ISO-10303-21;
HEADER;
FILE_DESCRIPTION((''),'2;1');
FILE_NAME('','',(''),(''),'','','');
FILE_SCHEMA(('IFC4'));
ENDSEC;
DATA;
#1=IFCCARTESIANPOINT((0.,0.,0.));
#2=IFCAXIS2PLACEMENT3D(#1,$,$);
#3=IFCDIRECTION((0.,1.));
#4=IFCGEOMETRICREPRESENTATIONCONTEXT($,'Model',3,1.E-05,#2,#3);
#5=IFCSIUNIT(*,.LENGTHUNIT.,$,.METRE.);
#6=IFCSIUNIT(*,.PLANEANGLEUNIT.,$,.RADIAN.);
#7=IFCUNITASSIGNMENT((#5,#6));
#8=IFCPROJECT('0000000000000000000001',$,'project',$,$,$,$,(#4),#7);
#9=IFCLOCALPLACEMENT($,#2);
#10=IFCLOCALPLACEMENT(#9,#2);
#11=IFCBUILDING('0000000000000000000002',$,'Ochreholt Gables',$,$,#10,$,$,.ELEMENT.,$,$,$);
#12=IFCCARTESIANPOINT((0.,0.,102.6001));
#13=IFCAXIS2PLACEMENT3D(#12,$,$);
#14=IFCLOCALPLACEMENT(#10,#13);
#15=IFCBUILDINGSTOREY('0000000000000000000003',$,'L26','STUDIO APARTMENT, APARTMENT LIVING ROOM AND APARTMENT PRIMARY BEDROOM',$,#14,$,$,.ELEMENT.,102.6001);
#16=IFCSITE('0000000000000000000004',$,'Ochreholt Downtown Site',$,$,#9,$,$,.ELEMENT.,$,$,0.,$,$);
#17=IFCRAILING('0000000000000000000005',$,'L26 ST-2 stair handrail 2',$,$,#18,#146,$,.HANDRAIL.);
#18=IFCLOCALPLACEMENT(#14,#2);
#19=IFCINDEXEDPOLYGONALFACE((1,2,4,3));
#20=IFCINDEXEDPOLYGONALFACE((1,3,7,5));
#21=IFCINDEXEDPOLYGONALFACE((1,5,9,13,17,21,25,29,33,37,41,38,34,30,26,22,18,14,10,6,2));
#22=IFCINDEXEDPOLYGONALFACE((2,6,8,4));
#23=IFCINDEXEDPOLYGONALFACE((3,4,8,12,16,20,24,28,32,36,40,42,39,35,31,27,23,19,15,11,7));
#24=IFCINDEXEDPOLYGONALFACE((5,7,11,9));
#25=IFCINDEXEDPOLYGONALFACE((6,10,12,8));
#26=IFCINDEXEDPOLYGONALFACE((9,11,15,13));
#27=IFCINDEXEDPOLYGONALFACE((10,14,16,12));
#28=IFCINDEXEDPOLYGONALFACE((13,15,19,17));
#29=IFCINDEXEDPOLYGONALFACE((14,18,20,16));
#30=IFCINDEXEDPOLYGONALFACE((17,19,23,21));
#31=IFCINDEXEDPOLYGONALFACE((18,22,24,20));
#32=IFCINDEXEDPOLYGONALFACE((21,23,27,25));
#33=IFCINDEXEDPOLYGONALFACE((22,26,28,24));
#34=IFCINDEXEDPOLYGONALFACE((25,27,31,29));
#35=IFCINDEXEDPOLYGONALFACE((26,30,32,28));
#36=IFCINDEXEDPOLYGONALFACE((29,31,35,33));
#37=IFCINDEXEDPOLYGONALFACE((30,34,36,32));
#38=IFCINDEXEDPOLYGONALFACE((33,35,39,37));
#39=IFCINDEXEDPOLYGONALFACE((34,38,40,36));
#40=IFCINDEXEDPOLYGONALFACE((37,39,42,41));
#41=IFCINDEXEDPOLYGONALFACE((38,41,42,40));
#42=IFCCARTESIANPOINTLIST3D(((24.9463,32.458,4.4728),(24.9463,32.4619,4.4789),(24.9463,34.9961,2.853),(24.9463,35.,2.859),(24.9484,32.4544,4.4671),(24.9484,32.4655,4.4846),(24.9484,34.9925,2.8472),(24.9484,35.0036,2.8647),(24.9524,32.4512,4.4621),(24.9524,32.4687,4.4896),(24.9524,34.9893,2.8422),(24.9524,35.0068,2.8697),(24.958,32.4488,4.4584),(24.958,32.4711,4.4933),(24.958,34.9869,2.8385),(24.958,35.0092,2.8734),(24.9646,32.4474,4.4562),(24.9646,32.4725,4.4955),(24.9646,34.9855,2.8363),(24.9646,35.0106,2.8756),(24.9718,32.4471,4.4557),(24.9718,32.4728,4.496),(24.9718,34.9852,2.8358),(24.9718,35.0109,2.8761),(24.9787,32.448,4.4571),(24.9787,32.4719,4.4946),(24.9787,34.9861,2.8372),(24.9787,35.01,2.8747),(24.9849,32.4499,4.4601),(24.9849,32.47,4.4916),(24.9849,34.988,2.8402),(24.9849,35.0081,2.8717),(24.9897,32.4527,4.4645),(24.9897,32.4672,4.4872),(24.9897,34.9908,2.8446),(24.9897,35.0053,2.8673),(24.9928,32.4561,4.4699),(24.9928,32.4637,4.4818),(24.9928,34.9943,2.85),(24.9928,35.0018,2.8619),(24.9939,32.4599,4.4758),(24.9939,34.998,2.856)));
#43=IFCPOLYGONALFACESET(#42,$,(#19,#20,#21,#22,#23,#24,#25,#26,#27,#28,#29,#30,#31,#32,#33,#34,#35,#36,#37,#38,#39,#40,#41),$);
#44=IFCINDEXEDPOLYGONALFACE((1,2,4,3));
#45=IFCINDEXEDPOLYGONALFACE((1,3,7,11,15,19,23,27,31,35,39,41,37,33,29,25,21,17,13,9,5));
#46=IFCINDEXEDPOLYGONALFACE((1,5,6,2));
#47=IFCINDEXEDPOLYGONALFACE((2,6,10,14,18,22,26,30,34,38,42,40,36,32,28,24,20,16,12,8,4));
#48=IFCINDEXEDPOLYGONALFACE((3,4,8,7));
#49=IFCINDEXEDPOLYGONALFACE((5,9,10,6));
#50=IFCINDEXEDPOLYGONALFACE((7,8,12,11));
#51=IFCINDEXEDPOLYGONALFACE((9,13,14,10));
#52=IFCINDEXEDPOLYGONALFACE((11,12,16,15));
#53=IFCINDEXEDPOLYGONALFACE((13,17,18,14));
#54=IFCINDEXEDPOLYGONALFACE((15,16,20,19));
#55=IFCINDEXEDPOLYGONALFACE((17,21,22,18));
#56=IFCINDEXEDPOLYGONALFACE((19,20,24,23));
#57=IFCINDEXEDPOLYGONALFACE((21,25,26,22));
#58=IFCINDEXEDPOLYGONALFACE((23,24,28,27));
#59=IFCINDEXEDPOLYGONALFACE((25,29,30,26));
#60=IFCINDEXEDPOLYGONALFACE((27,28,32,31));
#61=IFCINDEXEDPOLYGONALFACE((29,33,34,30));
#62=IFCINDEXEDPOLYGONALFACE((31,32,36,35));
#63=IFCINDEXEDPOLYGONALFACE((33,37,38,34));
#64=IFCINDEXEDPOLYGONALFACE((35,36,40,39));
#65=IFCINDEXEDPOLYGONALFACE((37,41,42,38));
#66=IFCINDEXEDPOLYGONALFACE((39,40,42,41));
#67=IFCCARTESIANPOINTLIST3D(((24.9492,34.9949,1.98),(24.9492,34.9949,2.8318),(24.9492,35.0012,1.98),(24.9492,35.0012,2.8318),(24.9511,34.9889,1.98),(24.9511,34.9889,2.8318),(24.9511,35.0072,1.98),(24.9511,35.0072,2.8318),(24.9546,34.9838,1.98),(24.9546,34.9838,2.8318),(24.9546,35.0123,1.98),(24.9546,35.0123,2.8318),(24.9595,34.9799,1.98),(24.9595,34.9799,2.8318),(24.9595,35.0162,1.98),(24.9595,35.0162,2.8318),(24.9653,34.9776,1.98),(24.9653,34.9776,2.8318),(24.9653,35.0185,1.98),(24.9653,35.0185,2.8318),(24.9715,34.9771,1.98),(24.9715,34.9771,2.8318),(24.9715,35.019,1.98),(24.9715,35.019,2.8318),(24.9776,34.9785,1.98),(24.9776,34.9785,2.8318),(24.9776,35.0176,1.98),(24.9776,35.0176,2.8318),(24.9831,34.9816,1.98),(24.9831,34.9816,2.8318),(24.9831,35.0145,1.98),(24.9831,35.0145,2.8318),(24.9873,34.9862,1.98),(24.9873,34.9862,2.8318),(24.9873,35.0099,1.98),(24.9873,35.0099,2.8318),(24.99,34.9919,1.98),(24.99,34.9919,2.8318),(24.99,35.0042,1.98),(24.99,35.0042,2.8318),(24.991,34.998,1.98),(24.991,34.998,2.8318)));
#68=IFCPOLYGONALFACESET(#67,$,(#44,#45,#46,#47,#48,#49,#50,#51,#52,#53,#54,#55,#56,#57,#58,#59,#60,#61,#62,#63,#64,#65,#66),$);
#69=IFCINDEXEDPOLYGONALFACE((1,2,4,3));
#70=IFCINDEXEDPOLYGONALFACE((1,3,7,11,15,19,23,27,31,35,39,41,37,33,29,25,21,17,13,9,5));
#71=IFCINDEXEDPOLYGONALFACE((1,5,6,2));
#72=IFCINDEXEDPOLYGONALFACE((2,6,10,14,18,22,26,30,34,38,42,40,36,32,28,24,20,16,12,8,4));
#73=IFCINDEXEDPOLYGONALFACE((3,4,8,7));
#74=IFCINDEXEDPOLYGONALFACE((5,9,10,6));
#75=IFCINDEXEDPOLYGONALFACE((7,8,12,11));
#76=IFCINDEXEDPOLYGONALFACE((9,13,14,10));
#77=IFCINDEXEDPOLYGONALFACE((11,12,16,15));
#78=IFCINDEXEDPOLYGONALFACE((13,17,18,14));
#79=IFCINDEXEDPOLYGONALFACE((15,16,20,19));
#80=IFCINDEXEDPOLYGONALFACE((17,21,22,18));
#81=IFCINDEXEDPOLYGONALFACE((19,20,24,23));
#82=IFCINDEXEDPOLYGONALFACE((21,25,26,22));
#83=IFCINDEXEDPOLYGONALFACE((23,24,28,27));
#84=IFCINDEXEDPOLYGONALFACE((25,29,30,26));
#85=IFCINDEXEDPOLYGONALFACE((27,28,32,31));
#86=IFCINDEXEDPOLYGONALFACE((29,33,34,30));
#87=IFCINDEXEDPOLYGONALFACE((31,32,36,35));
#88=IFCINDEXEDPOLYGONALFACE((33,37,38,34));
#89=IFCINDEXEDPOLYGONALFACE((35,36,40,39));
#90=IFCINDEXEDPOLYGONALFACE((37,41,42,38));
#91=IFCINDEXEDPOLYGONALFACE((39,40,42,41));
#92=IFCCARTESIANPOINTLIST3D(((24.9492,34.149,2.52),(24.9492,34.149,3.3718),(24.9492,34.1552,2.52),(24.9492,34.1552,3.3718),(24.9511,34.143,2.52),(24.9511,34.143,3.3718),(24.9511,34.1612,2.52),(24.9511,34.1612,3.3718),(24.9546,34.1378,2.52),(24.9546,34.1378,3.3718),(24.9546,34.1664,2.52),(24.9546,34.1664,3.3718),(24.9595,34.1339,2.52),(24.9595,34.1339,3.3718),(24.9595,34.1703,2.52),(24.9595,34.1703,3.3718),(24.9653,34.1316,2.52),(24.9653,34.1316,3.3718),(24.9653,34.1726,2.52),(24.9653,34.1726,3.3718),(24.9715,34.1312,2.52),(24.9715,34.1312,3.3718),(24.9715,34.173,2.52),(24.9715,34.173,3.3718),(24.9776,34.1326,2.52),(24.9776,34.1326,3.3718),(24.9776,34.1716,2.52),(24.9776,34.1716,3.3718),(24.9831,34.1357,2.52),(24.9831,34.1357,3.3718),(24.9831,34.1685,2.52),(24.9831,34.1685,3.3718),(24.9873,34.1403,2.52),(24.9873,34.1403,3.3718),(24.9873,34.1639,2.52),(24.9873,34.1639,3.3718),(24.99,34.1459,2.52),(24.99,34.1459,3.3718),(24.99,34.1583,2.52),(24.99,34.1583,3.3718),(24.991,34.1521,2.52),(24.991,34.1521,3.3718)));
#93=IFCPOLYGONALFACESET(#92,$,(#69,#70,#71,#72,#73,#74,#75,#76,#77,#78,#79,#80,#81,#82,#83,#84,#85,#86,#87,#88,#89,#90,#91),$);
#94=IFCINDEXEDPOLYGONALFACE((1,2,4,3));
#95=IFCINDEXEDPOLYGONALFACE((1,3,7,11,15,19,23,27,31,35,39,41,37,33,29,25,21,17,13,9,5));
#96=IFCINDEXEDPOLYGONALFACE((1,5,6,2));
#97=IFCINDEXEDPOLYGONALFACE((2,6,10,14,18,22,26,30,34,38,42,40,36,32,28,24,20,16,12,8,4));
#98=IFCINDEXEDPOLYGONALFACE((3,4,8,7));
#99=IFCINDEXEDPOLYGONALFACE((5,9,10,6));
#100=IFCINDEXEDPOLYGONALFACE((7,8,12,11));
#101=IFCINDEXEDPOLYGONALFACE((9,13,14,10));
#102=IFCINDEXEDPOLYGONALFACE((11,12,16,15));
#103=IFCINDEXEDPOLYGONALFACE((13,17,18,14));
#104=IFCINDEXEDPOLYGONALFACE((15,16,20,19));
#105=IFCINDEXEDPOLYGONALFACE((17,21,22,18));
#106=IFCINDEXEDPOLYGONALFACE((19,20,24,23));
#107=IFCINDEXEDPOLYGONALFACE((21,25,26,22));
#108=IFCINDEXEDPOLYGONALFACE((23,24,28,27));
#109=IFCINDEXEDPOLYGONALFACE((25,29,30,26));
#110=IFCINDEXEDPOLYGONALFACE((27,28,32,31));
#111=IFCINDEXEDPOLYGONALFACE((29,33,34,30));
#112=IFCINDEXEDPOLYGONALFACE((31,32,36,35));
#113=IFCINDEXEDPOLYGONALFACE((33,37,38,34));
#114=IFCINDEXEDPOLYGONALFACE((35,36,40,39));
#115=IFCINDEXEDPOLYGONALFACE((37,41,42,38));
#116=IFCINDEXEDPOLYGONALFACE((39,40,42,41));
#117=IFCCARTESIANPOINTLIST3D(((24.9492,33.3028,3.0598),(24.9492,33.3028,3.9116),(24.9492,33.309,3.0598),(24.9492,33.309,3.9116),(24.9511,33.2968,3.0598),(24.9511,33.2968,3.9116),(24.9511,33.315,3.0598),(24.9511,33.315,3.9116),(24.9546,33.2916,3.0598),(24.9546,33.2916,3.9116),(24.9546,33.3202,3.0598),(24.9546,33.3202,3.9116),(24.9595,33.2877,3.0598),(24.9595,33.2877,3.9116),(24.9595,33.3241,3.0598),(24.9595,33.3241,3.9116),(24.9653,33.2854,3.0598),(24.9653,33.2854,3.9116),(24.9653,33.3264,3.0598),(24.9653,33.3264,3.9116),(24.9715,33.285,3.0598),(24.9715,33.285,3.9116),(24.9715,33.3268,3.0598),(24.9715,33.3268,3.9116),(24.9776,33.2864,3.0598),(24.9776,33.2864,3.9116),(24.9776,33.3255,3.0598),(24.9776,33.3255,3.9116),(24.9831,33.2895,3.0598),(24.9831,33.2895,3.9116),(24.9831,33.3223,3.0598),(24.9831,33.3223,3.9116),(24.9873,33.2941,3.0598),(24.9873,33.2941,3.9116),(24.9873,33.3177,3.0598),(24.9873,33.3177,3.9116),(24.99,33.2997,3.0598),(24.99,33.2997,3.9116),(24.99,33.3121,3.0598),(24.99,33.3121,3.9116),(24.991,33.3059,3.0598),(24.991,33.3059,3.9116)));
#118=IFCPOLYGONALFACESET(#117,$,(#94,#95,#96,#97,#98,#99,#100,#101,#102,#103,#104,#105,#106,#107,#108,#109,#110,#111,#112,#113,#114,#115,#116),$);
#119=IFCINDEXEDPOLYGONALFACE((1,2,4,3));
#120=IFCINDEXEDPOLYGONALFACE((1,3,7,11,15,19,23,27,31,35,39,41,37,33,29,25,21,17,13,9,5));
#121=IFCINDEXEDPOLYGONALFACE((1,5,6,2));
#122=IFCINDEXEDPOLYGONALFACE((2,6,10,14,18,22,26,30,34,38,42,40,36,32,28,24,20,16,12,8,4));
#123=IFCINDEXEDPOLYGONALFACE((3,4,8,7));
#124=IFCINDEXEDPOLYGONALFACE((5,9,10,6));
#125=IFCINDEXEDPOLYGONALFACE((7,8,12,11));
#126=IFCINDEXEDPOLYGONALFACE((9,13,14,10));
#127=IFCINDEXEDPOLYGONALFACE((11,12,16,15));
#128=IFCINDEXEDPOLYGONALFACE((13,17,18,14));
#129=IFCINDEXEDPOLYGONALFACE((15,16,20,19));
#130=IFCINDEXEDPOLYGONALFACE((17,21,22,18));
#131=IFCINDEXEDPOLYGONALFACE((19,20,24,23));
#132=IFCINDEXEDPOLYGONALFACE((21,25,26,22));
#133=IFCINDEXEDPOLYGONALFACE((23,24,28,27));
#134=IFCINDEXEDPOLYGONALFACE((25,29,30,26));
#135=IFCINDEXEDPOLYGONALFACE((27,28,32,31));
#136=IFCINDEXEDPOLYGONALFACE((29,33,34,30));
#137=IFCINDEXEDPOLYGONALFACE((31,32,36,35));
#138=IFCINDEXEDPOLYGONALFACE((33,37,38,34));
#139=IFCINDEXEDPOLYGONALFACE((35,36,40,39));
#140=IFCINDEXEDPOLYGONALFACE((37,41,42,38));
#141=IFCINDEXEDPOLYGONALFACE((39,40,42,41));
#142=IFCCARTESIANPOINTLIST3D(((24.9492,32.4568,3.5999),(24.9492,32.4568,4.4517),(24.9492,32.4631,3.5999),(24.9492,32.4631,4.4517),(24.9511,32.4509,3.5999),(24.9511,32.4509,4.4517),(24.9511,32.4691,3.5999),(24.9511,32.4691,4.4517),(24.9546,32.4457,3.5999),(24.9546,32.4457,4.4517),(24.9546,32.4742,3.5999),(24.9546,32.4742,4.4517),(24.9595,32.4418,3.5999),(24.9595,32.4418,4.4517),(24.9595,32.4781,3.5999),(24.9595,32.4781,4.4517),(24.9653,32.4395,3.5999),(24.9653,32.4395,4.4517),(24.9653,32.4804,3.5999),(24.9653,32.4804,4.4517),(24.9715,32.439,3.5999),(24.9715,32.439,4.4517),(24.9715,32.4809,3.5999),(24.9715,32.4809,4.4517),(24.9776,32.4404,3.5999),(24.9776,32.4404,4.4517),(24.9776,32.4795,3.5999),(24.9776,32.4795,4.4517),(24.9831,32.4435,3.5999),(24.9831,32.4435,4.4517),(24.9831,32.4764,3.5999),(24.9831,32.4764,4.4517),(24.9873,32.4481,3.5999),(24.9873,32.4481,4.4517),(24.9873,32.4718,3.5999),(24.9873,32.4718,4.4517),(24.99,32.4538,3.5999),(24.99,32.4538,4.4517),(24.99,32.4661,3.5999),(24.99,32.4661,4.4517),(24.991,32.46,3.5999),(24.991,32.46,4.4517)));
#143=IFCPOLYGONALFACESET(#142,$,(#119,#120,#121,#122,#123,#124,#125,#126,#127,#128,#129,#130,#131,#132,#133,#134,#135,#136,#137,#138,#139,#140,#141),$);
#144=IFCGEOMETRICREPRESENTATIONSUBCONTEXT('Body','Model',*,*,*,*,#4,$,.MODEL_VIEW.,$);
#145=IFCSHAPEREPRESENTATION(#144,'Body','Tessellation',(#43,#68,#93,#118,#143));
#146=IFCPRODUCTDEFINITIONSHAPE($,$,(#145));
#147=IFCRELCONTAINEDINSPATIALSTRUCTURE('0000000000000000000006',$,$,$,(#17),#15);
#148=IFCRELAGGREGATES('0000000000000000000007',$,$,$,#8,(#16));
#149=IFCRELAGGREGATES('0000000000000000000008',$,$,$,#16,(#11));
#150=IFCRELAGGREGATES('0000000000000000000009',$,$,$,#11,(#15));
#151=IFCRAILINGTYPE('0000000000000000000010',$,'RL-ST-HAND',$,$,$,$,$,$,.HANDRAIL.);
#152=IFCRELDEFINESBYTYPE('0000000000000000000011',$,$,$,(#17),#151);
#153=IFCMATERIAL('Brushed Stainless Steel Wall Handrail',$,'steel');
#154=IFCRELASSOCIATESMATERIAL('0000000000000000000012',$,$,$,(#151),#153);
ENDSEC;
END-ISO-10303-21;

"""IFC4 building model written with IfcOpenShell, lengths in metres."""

from ifc_helpers import new_model, si_unit, direction, frame, origin, origin_2d, place, context, subcontext, project, spatial, circle, extrude, material, type_object, element, save


model = new_model("IFC4")

# Units and contexts
model_context = context("Model", 3, precision=1e-05, world=origin(), true_north=direction((0.0, 1.0)))
body_context = subcontext(model_context, "Body", "Model", "MODEL_VIEW")
ifc_project = project(units=[si_unit("LENGTHUNIT", "METRE"), si_unit("PLANEANGLEUNIT", "RADIAN")], contexts=[model_context])

# Site, building, storey
site_placement = place(None, origin())
site = spatial("IfcSite", under=ifc_project, at=site_placement, Name="Ochreholt Downtown Site", CompositionType="ELEMENT", RefElevation=0.0)
building_placement = place(site_placement, origin())
building = spatial("IfcBuilding", under=site, at=building_placement, Name="Ochreholt Gables", CompositionType="ELEMENT")
storey_placement = place(building_placement, frame((0.0, 0.0, 102.6001)))
storey = spatial("IfcBuildingStorey", under=building, at=storey_placement, Name="L26", Description="STUDIO APARTMENT, APARTMENT LIVING ROOM AND APARTMENT PRIMARY BEDROOM", CompositionType="ELEMENT", Elevation=102.6001)

# Railing
ifc_material_1 = material(Name="Brushed Stainless Steel Wall Handrail", Category="steel")
railing_type_1 = type_object("IfcRailingType", Name="RL-ST-HAND", PredefinedType="HANDRAIL", material=ifc_material_1)
railing_1_placement = place(storey_placement, frame((24.97, 34.998, 1.98)))
element("IfcRailing", 1, at=railing_1_placement, inside=storey, type_object=railing_type_1, Name="L26 ST-2 stair handrail 2", PredefinedType="HANDRAIL", context=body_context, shape_type="SweptSolid", body=[
    extrude(circle(Radius=0.0239, at=origin_2d()), frame((0.0, 0.0, 0.876), z_axis=(0.0, -0.84295, 0.537993), x_axis=(1.0, 0.0, 0.0)), (0.0, 0.0, 1.0), 3.011),
    extrude(circle(Radius=0.021, at=origin_2d()), origin(), (0.0, 0.0, 1.0), 0.8518),
    extrude(circle(Radius=0.021, at=origin_2d()), frame((0.0, -0.8459, 0.54)), (0.0, 0.0, 1.0), 0.8518),
    extrude(circle(Radius=0.021, at=origin_2d()), frame((0.0, -1.6921, 1.0798)), (0.0, 0.0, 1.0), 0.8518),
    extrude(circle(Radius=0.021, at=origin_2d()), frame((0.0, -2.5381, 1.6199)), (0.0, 0.0, 1.0), 0.8518),
])

save(model, "model.ifc")
